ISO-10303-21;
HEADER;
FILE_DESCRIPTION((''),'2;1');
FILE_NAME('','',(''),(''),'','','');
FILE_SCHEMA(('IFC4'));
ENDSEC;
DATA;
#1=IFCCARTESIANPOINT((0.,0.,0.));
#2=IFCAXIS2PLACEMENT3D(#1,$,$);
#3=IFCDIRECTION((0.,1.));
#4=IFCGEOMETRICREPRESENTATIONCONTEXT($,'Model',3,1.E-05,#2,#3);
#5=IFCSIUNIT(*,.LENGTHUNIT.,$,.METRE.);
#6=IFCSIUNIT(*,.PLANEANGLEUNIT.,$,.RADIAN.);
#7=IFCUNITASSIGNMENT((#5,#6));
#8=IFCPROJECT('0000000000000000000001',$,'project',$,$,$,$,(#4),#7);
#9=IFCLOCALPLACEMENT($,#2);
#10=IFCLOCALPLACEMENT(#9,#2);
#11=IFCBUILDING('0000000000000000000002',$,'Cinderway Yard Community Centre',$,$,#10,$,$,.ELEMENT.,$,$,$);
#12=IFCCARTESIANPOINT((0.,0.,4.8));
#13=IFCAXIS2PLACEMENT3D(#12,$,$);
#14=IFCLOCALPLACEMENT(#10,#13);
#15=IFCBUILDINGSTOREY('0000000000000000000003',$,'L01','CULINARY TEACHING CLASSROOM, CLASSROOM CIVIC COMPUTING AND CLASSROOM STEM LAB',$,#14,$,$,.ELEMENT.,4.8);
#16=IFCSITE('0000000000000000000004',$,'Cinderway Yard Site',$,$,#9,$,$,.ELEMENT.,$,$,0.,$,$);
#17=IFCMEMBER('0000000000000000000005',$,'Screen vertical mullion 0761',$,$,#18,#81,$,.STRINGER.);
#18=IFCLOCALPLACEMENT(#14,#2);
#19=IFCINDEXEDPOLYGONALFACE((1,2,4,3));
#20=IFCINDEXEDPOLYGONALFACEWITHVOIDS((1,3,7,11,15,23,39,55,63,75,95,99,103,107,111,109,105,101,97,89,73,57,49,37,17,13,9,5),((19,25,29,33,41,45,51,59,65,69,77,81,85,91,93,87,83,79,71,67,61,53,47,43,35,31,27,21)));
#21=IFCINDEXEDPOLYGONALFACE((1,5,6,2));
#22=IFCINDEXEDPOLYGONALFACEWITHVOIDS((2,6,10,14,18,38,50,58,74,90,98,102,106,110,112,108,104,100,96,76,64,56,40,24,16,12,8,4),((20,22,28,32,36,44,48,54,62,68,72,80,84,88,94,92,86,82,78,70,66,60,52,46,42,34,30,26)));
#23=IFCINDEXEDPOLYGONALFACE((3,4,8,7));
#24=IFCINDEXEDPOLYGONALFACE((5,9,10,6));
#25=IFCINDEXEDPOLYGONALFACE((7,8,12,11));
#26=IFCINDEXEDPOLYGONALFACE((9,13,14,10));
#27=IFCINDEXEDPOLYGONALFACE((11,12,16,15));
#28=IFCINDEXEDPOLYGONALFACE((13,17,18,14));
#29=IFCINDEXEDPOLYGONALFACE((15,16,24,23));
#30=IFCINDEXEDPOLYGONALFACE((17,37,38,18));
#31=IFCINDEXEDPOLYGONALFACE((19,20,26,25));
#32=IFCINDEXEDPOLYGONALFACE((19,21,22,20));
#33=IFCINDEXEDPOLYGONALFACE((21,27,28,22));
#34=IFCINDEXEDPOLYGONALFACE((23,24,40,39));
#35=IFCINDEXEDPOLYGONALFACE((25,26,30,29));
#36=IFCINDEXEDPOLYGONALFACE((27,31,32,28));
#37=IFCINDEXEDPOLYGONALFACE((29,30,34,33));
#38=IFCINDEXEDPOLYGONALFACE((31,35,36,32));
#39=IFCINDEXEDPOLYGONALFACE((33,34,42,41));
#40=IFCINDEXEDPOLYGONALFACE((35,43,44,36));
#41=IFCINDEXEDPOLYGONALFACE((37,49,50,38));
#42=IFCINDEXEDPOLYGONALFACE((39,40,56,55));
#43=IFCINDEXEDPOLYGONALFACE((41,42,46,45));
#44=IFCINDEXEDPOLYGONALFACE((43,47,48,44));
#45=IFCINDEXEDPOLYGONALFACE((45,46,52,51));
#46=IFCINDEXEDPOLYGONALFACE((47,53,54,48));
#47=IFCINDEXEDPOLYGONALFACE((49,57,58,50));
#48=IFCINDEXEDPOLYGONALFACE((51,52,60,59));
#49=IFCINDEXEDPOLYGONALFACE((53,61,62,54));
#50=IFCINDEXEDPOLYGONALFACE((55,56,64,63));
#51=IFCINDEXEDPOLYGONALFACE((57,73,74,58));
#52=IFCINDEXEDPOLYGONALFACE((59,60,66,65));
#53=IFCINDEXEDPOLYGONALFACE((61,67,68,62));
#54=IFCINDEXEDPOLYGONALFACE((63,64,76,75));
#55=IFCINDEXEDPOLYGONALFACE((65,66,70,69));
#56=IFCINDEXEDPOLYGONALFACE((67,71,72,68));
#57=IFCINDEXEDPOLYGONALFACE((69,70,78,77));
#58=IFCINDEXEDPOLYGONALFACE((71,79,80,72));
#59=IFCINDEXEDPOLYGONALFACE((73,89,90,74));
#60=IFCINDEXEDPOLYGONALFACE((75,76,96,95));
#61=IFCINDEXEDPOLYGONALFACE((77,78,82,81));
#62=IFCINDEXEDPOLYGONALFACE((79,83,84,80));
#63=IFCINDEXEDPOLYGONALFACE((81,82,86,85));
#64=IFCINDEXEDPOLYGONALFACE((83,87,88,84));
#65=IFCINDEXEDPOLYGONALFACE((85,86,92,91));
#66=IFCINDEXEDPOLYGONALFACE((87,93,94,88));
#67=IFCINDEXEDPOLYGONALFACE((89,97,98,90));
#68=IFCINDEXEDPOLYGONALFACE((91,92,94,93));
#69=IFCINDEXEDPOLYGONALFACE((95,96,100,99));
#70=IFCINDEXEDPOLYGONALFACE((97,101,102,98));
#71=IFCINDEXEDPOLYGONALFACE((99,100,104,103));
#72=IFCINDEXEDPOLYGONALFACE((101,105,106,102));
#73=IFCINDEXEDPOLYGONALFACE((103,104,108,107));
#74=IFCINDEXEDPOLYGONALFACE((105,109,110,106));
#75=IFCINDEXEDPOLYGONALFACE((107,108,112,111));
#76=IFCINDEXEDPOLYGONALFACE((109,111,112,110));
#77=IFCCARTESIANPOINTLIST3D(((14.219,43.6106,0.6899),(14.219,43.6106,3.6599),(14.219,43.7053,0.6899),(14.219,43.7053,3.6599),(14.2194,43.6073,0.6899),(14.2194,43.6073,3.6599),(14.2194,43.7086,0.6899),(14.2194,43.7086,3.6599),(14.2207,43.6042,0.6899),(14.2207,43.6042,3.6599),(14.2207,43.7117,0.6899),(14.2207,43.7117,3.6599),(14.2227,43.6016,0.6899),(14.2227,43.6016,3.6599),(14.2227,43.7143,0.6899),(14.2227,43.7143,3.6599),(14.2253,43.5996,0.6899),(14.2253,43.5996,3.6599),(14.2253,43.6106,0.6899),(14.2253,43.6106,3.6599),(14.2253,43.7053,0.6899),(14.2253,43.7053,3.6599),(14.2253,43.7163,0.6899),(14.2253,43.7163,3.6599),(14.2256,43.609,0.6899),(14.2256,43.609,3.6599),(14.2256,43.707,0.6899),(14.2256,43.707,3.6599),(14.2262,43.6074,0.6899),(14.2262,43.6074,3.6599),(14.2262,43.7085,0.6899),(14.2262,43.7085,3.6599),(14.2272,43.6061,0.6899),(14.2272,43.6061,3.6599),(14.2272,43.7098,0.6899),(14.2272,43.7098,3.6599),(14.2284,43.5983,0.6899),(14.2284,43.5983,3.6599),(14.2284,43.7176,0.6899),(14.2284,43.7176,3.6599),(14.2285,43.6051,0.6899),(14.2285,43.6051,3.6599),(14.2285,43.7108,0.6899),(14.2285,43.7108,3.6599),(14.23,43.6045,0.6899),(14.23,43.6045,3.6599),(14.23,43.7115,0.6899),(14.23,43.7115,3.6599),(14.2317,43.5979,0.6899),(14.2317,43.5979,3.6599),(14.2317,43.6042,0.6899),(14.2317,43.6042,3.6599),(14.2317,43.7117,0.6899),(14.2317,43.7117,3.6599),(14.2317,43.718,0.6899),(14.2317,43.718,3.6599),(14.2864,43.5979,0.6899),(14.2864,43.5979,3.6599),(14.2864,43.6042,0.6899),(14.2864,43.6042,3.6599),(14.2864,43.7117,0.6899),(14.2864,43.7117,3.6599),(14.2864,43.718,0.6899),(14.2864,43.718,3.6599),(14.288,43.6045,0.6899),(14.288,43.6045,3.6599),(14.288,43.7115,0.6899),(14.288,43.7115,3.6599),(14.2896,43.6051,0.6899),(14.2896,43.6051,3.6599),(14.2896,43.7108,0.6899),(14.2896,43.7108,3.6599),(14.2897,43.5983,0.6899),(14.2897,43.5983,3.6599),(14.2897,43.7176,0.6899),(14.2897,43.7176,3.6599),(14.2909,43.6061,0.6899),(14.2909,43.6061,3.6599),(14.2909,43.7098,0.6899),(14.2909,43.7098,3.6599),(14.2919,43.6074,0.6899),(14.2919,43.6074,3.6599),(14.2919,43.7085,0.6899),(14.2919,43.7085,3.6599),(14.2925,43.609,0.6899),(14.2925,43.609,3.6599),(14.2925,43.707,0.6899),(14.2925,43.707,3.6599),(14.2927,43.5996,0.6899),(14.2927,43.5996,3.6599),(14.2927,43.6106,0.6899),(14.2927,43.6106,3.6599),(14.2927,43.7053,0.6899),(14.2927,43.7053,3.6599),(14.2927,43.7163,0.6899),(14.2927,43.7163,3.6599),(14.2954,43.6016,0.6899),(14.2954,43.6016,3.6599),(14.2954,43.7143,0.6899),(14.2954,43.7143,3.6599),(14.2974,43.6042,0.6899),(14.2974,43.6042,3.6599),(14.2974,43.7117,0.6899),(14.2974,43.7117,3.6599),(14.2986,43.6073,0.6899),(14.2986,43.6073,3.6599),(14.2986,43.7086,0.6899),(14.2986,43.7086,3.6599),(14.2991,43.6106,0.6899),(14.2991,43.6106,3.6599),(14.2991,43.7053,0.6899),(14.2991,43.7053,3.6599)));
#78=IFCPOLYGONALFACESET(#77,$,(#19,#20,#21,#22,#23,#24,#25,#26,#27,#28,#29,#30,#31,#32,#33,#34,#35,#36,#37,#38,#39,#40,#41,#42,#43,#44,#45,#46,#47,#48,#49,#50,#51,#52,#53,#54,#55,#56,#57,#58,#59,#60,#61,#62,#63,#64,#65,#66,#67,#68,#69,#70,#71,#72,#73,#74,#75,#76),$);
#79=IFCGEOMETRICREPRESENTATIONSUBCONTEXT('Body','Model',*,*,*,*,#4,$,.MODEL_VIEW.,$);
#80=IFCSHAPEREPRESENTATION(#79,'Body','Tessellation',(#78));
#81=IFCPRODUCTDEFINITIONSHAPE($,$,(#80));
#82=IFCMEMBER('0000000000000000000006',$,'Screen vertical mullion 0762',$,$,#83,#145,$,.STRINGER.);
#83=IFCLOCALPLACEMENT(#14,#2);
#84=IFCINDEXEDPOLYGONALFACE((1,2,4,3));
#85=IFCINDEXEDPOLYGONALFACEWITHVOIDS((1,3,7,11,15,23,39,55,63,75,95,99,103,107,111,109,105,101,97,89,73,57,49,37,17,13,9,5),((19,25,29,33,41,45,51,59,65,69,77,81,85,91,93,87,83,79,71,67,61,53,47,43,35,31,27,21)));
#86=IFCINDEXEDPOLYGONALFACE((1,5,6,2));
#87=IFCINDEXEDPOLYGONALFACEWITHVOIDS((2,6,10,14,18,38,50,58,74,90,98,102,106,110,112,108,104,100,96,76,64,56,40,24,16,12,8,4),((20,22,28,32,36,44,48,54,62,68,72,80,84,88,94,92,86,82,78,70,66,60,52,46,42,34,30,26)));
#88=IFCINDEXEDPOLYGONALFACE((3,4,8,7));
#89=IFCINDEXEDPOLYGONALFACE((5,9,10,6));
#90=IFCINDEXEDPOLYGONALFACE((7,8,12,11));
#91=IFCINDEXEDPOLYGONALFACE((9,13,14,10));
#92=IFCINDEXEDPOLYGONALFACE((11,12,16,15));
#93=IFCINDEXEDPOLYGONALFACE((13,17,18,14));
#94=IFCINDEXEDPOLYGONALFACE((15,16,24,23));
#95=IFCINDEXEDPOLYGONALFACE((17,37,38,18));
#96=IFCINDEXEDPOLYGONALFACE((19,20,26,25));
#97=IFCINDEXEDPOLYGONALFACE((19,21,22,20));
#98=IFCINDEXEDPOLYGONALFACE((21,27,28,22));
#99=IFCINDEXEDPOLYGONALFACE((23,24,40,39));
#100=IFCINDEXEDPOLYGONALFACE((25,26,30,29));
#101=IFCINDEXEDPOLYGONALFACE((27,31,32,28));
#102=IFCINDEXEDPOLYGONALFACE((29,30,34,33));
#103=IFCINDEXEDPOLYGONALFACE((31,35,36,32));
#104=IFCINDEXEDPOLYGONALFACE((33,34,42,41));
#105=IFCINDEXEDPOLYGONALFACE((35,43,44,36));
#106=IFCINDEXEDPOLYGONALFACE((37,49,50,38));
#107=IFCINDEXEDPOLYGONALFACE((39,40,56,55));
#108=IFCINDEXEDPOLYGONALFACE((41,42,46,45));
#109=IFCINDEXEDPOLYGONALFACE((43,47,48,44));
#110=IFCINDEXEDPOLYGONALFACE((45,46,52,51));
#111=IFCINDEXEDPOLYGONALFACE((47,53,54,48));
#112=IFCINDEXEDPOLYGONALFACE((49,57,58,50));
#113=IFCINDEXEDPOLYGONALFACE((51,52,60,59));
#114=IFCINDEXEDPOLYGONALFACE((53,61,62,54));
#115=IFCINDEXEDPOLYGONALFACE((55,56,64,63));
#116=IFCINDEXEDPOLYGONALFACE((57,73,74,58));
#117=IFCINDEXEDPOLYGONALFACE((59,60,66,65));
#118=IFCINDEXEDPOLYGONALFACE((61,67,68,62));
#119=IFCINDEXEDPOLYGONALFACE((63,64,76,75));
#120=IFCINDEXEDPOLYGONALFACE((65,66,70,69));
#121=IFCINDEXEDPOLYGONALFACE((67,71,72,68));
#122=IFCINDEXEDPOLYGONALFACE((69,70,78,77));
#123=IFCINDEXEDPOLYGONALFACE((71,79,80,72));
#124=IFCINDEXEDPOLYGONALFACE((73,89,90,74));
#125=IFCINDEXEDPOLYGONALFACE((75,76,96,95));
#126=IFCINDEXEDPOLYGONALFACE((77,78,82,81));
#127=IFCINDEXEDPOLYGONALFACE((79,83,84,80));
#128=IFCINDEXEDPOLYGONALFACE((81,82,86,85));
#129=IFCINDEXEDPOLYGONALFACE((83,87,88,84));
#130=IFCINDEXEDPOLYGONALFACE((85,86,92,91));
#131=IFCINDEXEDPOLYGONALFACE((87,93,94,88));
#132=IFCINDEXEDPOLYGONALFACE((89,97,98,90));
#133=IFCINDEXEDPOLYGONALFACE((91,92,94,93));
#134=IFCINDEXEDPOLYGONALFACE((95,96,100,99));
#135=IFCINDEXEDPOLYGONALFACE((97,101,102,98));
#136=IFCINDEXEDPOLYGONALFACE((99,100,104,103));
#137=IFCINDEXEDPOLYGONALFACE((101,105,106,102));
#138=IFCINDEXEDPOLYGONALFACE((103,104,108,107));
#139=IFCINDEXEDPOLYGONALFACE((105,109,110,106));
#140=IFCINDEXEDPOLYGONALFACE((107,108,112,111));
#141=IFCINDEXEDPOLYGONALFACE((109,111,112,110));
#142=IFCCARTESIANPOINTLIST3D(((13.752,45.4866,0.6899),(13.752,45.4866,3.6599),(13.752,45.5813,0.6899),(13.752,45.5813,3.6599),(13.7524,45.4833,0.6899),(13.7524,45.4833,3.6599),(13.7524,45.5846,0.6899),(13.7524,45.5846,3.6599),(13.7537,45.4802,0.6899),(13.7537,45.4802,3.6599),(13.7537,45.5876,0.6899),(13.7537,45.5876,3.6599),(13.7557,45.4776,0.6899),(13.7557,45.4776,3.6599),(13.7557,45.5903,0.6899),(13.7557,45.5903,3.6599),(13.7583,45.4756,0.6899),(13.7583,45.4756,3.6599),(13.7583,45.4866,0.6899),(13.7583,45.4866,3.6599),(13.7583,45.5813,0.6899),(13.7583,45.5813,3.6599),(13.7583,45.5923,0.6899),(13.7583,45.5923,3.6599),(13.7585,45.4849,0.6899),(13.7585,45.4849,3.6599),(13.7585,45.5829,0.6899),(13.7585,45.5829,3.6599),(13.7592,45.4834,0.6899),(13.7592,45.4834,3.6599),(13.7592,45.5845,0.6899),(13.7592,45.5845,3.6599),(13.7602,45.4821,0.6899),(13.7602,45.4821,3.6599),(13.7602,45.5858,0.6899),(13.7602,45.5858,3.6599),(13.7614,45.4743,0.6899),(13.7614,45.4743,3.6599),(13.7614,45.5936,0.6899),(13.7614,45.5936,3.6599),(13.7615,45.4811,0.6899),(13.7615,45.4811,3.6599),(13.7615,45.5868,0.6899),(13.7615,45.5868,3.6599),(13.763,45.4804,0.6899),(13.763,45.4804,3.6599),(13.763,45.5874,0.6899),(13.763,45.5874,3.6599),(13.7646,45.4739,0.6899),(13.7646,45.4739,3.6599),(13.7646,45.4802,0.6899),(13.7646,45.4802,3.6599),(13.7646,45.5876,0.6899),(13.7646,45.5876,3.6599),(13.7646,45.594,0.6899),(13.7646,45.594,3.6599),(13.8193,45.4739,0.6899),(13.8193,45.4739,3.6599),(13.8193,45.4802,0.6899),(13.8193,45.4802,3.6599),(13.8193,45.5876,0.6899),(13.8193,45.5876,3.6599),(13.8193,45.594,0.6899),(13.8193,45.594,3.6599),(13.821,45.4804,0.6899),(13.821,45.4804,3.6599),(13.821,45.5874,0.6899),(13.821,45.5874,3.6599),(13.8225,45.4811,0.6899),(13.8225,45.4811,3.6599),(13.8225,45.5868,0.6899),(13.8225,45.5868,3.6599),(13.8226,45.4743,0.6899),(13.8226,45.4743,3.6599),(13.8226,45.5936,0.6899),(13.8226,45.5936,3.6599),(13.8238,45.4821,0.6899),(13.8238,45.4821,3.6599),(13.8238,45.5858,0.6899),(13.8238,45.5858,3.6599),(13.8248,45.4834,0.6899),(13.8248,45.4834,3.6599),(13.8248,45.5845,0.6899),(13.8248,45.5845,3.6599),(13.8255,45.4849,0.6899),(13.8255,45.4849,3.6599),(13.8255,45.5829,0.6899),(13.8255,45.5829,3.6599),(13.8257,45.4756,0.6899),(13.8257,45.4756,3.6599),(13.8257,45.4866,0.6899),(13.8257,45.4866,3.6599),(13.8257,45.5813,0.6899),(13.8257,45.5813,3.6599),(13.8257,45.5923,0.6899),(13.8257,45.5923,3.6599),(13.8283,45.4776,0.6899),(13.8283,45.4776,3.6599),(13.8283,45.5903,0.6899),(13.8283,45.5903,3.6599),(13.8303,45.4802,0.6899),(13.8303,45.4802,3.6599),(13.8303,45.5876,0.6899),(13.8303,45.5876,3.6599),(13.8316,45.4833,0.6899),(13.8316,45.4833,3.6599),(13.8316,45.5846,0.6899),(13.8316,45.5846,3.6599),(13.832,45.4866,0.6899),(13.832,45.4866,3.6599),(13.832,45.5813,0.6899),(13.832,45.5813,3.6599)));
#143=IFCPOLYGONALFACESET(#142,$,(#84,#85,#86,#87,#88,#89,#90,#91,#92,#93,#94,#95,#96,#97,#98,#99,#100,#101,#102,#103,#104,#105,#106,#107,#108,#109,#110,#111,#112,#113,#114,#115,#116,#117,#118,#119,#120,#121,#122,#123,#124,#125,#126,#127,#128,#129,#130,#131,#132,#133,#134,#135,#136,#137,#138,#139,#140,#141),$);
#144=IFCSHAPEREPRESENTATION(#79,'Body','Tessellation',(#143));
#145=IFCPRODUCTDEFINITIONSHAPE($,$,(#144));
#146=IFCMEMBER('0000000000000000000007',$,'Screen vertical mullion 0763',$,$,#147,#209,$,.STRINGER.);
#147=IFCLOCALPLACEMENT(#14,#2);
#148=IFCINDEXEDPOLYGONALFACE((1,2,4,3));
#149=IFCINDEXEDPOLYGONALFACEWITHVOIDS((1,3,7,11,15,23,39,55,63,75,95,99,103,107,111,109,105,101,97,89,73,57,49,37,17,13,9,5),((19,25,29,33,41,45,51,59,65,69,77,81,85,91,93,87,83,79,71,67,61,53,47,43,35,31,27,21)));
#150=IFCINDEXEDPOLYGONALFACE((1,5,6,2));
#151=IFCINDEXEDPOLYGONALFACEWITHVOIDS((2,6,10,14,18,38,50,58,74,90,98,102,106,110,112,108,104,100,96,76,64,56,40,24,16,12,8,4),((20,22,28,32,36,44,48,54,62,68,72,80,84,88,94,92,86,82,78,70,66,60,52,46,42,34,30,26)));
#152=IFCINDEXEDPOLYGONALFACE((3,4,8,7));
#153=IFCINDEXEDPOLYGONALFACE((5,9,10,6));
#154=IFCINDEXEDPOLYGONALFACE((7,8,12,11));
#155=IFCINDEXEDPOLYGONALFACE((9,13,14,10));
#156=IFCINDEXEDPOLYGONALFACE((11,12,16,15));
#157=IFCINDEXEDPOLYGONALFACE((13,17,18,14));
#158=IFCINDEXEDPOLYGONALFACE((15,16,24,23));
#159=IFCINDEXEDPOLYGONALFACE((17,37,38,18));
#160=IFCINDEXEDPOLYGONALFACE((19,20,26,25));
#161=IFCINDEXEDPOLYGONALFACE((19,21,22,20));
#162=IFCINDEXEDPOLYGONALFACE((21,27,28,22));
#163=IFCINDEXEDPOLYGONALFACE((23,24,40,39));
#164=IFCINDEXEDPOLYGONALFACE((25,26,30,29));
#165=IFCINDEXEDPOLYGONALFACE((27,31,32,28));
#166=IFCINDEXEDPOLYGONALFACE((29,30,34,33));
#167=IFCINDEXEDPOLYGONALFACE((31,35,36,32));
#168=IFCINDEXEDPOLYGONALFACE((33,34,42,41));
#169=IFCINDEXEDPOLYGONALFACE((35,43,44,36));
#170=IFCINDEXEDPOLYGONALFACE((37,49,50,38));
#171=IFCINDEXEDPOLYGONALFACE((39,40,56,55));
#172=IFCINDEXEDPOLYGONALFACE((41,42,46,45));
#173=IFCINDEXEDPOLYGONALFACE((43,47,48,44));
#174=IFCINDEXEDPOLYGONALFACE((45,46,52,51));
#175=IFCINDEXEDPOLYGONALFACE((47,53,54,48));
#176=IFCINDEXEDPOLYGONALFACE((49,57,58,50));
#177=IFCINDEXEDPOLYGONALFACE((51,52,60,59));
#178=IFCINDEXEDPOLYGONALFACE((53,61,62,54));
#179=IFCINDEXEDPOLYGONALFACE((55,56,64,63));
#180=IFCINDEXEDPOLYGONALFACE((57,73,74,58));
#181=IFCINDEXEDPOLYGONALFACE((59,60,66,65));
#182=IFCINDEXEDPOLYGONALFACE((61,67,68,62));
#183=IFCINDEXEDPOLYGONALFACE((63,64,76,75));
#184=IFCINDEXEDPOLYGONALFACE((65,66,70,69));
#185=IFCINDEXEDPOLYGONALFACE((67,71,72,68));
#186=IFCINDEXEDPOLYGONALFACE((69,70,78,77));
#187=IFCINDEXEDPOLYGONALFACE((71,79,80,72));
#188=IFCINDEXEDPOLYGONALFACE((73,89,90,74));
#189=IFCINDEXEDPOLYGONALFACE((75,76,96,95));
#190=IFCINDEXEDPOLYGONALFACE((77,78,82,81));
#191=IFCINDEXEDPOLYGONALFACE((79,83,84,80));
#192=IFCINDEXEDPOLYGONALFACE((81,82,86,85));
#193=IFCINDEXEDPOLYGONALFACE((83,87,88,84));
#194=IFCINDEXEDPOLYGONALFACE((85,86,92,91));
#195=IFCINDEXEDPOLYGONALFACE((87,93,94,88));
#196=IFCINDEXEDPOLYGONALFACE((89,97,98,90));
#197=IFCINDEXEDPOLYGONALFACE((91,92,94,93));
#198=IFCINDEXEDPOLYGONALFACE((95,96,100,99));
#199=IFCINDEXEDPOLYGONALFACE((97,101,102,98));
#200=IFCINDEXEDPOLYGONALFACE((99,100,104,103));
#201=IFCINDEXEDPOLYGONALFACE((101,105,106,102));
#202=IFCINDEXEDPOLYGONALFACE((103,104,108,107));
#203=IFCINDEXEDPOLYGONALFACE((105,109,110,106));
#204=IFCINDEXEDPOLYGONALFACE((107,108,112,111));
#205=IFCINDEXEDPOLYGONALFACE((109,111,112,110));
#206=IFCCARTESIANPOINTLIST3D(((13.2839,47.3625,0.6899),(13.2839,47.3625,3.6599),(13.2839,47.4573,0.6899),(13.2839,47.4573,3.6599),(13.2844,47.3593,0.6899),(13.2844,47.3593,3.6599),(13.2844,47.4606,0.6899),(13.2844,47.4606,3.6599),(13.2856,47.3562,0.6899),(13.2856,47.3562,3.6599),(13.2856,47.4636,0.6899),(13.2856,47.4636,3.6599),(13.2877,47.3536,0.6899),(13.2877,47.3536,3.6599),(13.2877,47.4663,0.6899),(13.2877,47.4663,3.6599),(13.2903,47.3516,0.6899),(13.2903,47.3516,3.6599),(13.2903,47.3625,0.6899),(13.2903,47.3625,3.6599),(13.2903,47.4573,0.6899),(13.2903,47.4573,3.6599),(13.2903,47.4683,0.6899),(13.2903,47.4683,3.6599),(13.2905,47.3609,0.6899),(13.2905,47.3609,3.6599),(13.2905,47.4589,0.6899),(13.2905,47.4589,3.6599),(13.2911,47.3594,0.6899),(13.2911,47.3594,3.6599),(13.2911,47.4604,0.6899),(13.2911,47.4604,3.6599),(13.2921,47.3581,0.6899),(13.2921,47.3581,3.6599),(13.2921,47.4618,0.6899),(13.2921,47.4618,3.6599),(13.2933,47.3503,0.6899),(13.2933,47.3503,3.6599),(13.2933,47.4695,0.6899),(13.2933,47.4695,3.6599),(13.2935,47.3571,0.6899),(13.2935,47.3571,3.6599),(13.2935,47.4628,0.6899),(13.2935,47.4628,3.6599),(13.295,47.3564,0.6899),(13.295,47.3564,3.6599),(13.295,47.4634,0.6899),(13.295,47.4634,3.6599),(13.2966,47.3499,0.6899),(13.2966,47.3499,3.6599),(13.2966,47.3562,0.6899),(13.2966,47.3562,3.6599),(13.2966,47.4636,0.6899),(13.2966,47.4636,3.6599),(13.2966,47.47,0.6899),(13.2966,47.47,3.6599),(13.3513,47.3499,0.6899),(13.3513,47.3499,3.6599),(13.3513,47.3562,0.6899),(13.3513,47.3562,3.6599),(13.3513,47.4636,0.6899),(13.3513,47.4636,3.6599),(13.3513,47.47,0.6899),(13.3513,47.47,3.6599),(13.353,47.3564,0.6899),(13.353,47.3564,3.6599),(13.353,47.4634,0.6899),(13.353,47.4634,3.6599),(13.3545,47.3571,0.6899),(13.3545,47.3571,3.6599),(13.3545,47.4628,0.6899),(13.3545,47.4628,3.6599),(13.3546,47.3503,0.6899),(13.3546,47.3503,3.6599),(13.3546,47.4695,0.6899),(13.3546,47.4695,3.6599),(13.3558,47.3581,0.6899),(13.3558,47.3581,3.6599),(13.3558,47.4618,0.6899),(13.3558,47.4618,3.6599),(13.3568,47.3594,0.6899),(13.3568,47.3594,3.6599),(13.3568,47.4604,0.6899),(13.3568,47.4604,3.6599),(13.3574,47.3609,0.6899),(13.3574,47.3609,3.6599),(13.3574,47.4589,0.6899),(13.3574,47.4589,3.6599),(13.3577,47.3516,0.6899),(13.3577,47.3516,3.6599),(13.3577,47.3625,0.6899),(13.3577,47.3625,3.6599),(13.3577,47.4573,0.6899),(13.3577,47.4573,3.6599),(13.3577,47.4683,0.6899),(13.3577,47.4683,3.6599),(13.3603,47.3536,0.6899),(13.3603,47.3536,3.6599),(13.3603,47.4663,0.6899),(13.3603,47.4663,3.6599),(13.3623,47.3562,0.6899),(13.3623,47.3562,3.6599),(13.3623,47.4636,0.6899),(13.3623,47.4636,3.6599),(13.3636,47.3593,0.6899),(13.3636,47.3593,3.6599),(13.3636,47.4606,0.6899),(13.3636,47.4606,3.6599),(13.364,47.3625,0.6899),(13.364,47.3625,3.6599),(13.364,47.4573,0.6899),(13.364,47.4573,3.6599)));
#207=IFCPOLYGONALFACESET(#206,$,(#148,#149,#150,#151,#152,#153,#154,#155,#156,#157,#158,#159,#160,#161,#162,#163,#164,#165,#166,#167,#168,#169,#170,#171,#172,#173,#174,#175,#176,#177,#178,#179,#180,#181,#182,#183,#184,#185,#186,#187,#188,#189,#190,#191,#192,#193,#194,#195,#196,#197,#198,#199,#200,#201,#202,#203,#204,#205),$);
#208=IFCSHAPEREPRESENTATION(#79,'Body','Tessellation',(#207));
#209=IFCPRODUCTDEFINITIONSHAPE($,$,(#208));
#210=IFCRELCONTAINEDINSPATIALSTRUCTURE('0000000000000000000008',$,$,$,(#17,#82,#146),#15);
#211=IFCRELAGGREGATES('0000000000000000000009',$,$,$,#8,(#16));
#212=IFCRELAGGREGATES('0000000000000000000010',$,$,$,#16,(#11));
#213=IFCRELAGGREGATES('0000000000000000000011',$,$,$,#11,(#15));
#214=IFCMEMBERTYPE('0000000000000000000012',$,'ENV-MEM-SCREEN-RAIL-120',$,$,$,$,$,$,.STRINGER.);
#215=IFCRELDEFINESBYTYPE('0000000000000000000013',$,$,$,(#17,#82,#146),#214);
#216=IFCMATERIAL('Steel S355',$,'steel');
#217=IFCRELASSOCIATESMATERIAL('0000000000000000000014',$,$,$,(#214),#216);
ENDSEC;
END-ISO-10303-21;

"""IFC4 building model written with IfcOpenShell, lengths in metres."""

from ifc_helpers import new_model, si_unit, direction, frame, origin, origin_2d, place, context, subcontext, project, spatial, hollow_rectangle, extrude, material, material_profile, profile_set, type_object, element, save


model = new_model("IFC4")

# Units and contexts
model_context = context("Model", 3, precision=1e-05, world=origin(), true_north=direction((0.0, 1.0)))
body_context = subcontext(model_context, "Body", "Model", "MODEL_VIEW")
ifc_project = project(units=[si_unit("LENGTHUNIT", "METRE"), si_unit("PLANEANGLEUNIT", "RADIAN")], contexts=[model_context])

# Site, building, storey
site_placement = place(None, origin())
site = spatial("IfcSite", under=ifc_project, at=site_placement, Name="Cinderway Yard Site", CompositionType="ELEMENT", RefElevation=0.0)
building_placement = place(site_placement, origin())
building = spatial("IfcBuilding", under=site, at=building_placement, Name="Cinderway Yard Community Centre", CompositionType="ELEMENT")
storey_placement = place(building_placement, frame((0.0, 0.0, 4.8)))
storey = spatial("IfcBuildingStorey", under=building, at=storey_placement, Name="L01", Description="CULINARY TEACHING CLASSROOM, CLASSROOM CIVIC COMPUTING AND CLASSROOM STEM LAB", CompositionType="ELEMENT", Elevation=4.8)

# Members
ifc_material_1 = material(Name="Steel S355", Category="steel")
ifc_material_profile_1 = material_profile(ifc_material_1, hollow_rectangle(XDim=0.0801, YDim=0.1201, WallThickness=0.0063, InnerFilletRadius=0.0063, OuterFilletRadius=0.0127, at=origin_2d()), Name="Steel S355")
ifc_profile_set_1 = profile_set([ifc_material_profile_1], Name="Steel S355")
member_type_1 = type_object("IfcMemberType", Name="ENV-MEM-SCREEN-RAIL-120", PredefinedType="STRINGER", material=ifc_profile_set_1)
for number, where, z_axis, x_axis, name in (
    (1, (14.259, 43.658, 0.6899), (0.0, 0.0, 1.0), (1.0, 0.0, 0.0), "Screen vertical mullion 0761"),
    (2, (13.792, 45.5339, 0.6899), (0.0, 0.0, 1.0), (1.0, 0.0, 0.0), "Screen vertical mullion 0762"),
    (3, (13.324, 47.4099, 0.6899), (0.0, 0.0, 1.0), (1.0, 0.0, 0.0), "Screen vertical mullion 0763"),
):
    element("IfcMember", number, at=place(storey_placement, frame(where, z_axis=z_axis, x_axis=x_axis)), inside=storey, type_object=member_type_1, Name=name, PredefinedType="STRINGER", context=body_context, shape_type="SweptSolid", body=[
        extrude(hollow_rectangle(XDim=0.0801, YDim=0.1201, WallThickness=0.0063, InnerFilletRadius=0.0063, OuterFilletRadius=0.0127, at=origin_2d()), origin(), (0.0, 0.0, 1.0), 2.97),
    ])

save(model, "model.ifc")
